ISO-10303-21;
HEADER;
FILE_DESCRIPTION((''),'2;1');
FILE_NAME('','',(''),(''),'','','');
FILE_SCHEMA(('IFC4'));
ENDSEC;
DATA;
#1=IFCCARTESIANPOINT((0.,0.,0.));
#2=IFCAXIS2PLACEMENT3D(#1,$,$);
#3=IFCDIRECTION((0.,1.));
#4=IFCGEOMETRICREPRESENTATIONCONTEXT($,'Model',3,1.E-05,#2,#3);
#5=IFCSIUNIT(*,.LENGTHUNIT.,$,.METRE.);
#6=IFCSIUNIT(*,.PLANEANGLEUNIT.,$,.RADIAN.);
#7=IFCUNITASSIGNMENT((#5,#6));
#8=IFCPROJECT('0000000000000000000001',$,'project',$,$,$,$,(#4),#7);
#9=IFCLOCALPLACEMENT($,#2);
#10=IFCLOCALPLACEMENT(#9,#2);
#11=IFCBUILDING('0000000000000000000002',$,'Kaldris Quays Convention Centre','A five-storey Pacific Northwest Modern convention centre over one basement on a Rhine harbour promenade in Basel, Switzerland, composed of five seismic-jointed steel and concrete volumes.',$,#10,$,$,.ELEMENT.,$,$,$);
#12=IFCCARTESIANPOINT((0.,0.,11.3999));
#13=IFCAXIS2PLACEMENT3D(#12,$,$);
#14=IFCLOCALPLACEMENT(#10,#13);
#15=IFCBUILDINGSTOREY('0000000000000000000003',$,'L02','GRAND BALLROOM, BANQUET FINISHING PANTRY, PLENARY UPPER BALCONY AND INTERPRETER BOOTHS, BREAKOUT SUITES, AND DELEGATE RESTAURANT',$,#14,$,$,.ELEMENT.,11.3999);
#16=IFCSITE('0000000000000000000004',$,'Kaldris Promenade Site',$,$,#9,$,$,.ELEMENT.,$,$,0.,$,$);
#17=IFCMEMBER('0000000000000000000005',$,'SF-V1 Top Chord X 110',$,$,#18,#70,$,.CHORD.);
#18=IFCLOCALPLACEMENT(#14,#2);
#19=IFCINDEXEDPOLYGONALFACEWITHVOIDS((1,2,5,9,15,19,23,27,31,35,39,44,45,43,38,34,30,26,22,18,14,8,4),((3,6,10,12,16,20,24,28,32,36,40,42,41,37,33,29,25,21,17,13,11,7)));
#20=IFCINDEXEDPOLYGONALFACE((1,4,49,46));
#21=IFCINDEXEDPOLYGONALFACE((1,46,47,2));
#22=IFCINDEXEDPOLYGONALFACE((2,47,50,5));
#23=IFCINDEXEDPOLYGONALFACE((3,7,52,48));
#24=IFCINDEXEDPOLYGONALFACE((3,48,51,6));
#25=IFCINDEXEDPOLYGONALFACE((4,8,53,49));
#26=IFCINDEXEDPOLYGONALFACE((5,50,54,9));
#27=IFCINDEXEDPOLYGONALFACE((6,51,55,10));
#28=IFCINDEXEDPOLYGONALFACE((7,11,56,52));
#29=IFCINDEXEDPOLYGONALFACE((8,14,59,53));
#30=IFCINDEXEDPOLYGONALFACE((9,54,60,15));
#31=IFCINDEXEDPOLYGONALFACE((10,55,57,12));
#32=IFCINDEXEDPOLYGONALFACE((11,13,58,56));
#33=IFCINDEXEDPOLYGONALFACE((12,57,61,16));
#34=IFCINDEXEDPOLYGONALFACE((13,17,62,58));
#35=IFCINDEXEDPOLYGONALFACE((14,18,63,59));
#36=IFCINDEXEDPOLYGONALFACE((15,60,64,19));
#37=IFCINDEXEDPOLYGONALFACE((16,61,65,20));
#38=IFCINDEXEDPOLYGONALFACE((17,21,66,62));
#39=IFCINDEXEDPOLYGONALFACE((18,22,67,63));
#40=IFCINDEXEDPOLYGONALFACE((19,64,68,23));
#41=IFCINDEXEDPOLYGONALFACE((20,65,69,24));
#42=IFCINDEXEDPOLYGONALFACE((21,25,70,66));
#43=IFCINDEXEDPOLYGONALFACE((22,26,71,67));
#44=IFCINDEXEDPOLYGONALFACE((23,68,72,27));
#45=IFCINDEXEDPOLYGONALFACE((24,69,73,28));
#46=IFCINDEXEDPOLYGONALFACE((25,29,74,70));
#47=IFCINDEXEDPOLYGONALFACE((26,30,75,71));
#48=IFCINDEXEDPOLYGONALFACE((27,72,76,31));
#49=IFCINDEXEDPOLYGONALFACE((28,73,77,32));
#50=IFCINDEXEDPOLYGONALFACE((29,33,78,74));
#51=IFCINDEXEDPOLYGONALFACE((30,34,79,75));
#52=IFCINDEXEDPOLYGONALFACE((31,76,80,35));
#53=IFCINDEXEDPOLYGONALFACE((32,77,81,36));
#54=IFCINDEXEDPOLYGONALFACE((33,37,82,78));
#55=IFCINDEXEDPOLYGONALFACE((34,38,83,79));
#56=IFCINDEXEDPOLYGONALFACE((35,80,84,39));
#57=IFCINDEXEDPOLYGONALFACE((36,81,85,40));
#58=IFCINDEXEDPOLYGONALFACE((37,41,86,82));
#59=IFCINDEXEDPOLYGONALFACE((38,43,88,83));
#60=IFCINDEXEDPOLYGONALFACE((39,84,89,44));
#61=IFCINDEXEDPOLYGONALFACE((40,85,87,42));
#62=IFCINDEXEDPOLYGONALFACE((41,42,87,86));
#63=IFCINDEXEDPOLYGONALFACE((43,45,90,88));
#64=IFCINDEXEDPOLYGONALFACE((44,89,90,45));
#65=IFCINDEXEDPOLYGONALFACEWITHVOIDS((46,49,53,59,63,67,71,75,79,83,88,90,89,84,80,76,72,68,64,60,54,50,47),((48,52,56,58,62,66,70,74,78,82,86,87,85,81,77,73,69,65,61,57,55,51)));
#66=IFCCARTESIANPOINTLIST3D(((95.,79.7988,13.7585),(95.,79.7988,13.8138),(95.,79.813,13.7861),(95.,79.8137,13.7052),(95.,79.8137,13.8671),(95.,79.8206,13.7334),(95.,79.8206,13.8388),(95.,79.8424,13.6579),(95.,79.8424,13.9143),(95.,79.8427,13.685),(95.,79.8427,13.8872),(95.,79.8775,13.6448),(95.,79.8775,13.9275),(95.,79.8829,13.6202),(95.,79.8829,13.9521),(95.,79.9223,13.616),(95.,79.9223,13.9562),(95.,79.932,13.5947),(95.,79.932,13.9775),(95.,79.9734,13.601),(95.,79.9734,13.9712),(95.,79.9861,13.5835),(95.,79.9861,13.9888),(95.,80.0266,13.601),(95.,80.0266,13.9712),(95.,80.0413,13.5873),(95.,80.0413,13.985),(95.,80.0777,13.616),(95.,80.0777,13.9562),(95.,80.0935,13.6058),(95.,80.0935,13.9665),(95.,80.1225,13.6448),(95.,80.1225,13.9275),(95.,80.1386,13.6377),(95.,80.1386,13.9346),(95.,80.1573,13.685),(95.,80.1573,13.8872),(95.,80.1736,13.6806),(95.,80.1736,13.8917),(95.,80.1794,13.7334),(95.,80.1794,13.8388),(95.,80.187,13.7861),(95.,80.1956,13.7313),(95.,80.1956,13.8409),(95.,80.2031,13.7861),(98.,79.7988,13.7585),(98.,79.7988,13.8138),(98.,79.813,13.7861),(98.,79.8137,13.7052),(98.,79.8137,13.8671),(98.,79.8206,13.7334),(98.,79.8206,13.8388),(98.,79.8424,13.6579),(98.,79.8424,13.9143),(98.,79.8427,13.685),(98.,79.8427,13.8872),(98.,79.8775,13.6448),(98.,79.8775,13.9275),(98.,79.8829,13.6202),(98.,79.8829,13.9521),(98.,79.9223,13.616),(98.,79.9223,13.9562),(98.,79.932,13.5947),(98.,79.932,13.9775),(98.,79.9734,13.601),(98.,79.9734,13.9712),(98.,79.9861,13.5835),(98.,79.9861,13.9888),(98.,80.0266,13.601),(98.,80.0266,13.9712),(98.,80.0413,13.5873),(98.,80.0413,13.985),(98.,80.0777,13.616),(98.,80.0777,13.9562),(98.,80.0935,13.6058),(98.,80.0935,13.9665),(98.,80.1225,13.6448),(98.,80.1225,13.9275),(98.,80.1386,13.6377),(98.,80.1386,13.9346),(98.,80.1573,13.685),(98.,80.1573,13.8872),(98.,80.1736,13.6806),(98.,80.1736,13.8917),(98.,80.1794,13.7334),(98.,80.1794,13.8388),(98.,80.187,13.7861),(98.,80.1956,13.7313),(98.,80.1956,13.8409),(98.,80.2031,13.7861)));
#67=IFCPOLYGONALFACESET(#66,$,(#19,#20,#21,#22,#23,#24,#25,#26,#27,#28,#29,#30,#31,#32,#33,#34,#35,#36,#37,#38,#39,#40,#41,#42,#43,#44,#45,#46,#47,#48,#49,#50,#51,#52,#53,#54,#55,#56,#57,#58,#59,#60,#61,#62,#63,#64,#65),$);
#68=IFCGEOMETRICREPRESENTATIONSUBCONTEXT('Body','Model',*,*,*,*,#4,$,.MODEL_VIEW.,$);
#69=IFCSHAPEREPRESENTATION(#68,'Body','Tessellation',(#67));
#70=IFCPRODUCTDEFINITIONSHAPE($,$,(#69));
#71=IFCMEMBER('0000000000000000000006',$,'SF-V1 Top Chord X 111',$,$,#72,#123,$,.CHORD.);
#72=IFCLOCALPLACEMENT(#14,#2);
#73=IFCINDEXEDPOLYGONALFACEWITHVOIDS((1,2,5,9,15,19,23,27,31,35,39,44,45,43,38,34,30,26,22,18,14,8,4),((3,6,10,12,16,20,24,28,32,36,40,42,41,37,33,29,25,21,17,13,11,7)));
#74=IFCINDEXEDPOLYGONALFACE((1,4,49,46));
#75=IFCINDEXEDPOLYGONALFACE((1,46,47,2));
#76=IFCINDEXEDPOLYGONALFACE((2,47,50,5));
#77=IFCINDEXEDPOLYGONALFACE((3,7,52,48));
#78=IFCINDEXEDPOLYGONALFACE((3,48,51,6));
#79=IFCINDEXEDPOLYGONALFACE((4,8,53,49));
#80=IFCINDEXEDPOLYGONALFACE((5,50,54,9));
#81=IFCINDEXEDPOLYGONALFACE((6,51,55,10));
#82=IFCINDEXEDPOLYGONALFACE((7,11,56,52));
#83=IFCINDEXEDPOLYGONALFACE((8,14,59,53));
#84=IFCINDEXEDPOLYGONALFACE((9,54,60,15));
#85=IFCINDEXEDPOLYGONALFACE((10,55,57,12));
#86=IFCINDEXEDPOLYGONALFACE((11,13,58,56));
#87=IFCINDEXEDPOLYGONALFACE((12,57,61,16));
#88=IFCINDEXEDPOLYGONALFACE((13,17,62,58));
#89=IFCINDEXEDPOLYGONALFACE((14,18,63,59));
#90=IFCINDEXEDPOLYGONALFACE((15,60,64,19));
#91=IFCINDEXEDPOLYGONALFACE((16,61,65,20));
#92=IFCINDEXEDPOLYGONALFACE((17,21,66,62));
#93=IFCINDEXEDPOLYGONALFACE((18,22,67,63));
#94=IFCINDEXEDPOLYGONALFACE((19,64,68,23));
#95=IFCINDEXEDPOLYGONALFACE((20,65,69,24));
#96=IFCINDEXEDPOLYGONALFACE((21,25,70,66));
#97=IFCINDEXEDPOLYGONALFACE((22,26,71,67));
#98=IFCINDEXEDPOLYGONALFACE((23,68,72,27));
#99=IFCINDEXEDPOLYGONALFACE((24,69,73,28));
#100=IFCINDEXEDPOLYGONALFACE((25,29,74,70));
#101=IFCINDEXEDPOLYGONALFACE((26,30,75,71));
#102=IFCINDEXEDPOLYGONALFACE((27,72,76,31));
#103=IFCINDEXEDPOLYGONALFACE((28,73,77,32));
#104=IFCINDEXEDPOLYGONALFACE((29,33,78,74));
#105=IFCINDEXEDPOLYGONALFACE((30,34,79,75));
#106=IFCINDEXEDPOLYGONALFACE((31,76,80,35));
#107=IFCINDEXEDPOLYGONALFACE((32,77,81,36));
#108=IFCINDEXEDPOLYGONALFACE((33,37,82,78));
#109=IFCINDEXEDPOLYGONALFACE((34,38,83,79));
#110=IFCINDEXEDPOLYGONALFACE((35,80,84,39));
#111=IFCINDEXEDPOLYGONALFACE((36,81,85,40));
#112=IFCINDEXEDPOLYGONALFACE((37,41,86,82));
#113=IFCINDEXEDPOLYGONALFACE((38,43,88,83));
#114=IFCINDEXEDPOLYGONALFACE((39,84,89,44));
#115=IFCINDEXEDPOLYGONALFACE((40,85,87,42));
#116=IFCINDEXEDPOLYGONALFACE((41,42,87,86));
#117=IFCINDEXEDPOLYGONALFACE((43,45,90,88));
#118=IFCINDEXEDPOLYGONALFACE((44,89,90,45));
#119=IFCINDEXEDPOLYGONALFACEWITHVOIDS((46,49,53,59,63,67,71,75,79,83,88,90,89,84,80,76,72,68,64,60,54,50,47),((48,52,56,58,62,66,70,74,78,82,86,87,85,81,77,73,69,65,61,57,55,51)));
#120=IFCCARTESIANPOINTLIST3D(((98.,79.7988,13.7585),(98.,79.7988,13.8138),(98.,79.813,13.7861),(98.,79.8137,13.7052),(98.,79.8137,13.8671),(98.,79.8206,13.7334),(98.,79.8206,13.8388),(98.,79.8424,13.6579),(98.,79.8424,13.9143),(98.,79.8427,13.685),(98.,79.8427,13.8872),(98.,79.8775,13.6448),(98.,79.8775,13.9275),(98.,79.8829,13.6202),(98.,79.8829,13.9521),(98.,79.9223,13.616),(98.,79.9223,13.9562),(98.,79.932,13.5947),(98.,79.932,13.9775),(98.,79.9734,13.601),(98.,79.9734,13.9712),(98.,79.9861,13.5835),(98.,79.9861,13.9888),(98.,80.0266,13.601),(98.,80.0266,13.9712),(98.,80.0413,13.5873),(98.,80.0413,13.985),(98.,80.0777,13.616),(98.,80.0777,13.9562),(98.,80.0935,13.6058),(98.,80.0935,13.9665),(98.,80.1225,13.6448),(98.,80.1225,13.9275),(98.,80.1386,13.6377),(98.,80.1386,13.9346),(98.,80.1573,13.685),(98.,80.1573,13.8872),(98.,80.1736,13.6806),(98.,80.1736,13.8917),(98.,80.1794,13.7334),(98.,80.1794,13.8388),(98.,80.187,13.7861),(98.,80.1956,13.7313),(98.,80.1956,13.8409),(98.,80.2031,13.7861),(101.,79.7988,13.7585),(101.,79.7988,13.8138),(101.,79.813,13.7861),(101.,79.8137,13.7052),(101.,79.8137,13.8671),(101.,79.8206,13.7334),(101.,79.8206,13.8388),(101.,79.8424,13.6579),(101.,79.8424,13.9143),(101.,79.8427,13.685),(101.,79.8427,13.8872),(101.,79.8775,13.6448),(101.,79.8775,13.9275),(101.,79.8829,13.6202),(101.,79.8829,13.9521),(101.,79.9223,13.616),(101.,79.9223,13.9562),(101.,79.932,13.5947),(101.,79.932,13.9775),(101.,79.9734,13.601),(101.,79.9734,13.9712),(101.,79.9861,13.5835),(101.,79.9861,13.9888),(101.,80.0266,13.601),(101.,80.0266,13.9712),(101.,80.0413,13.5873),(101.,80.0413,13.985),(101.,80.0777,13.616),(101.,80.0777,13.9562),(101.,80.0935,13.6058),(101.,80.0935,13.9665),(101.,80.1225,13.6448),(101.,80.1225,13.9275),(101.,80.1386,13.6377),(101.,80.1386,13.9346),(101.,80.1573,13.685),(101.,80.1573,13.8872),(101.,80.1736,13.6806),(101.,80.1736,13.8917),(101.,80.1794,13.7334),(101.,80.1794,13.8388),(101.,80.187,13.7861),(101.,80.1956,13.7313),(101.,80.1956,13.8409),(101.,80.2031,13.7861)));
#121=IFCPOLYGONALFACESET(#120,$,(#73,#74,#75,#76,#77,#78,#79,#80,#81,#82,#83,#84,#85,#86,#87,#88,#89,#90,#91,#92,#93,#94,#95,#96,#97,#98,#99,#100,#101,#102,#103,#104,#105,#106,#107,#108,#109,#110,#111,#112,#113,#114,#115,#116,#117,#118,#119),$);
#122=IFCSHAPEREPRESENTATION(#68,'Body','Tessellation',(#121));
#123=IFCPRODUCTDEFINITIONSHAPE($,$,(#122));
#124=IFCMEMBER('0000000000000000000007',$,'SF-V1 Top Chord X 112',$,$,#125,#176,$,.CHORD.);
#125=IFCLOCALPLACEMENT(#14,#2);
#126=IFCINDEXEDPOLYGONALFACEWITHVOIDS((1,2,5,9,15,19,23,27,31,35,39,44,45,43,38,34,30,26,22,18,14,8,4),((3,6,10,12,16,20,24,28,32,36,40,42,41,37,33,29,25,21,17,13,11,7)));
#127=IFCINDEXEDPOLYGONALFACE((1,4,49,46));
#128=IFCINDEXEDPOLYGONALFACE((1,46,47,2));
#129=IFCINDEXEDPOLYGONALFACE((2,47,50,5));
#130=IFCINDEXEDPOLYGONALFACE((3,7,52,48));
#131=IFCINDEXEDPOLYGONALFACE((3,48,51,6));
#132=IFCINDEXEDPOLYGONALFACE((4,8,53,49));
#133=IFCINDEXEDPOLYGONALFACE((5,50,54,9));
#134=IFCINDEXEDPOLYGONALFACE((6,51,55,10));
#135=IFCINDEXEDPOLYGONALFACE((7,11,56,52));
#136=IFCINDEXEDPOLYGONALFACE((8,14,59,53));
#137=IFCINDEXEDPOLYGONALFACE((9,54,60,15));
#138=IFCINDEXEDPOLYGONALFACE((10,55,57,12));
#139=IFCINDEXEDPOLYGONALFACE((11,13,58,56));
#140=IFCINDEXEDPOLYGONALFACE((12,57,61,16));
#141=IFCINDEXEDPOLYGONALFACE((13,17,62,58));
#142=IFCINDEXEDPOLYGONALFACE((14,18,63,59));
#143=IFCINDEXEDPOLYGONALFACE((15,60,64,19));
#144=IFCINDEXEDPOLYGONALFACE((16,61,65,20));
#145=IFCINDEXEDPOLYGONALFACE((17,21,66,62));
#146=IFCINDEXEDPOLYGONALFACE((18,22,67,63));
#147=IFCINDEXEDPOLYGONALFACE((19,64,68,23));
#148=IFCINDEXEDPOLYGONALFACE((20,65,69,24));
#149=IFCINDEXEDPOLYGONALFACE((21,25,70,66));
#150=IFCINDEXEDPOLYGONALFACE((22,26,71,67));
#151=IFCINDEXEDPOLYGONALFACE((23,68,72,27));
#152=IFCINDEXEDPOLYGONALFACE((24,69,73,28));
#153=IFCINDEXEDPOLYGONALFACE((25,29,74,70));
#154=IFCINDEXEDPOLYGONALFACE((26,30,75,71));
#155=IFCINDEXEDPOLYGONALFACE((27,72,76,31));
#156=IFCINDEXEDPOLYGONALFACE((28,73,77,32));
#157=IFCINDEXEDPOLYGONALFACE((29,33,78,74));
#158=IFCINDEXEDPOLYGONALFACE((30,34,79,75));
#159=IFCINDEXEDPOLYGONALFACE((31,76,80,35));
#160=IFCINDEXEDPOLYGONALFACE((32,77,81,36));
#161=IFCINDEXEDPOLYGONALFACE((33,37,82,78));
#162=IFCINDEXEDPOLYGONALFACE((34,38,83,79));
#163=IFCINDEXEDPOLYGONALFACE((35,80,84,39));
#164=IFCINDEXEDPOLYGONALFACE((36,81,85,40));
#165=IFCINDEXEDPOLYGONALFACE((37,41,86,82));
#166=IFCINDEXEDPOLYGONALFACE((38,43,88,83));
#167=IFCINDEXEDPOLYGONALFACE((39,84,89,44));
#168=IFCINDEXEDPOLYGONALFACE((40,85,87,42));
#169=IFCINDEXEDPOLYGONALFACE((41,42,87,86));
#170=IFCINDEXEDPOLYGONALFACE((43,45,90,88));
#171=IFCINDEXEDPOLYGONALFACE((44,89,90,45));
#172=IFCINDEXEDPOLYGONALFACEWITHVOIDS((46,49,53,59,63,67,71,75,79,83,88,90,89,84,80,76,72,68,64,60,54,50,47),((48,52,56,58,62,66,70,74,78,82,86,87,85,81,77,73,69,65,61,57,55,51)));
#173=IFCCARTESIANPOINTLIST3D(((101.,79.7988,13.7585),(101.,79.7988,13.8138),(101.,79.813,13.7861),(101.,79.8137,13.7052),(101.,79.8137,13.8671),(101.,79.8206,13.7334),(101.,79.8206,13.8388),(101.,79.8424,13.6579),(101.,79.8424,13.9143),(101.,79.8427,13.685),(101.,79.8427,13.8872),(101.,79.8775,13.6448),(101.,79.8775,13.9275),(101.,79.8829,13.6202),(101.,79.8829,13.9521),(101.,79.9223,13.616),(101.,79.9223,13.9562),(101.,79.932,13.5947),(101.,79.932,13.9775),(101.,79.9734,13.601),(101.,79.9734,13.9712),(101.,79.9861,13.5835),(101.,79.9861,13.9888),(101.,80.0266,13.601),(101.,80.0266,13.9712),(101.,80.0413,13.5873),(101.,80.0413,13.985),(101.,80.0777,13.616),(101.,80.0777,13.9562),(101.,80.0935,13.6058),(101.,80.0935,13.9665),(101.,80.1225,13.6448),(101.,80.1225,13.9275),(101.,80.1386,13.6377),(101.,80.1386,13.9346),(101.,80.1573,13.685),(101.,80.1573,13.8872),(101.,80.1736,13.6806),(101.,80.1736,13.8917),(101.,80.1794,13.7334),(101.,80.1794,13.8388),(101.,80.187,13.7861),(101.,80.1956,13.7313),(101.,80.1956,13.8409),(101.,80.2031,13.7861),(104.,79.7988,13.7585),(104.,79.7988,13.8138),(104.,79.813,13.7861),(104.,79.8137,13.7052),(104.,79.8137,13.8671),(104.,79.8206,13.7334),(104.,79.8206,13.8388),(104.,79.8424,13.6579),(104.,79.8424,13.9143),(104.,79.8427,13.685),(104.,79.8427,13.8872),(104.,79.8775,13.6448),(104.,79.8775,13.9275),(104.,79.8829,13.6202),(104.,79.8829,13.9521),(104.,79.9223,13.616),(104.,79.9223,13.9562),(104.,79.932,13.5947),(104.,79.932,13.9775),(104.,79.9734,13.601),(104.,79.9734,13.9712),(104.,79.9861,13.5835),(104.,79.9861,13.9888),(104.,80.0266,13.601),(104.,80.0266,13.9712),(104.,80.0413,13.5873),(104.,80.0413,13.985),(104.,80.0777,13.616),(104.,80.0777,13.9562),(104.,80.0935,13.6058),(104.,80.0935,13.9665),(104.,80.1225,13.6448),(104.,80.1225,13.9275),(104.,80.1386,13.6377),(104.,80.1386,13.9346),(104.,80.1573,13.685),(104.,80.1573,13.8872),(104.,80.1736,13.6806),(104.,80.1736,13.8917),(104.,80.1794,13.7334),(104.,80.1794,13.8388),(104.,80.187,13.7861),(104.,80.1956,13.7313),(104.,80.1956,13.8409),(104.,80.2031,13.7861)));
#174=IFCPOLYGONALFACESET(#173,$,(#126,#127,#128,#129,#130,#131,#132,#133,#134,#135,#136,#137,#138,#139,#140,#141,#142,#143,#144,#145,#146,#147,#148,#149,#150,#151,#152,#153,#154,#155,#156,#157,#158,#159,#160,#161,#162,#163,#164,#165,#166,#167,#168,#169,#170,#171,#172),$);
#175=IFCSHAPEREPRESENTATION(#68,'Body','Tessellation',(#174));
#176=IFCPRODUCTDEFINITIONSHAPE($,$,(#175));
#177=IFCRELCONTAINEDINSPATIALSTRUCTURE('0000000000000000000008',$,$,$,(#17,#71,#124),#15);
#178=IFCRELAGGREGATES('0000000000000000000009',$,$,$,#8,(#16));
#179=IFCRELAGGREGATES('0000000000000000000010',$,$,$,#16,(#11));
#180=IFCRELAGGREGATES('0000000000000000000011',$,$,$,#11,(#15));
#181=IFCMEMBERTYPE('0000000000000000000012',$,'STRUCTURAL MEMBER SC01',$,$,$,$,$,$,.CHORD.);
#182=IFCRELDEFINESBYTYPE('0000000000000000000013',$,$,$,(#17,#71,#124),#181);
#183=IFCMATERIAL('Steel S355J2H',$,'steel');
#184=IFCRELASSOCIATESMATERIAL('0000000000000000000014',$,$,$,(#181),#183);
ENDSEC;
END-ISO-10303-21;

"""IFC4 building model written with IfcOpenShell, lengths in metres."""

from ifc_helpers import new_model, si_unit, direction, frame, origin, origin_2d, place, context, subcontext, project, spatial, hollow_circle, extrude, material, material_profile, profile_set, type_object, element, save


model = new_model("IFC4")

# Units and contexts
model_context = context("Model", 3, precision=1e-05, world=origin(), true_north=direction((0.0, 1.0)))
body_context = subcontext(model_context, "Body", "Model", "MODEL_VIEW")
ifc_project = project(units=[si_unit("LENGTHUNIT", "METRE"), si_unit("PLANEANGLEUNIT", "RADIAN")], contexts=[model_context])

# Site, building, storey
site_placement = place(None, origin())
site = spatial("IfcSite", under=ifc_project, at=site_placement, Name="Kaldris Promenade Site", CompositionType="ELEMENT", RefElevation=0.0)
building_placement = place(site_placement, origin())
building = spatial("IfcBuilding", under=site, at=building_placement, Name="Kaldris Quays Convention Centre", Description="A five-storey Pacific Northwest Modern convention centre over one basement on a Rhine harbour promenade in Basel, Switzerland, composed of five seismic-jointed steel and concrete volumes.", CompositionType="ELEMENT")
storey_placement = place(building_placement, frame((0.0, 0.0, 11.3999)))
storey = spatial("IfcBuildingStorey", under=building, at=storey_placement, Name="L02", Description="GRAND BALLROOM, BANQUET FINISHING PANTRY, PLENARY UPPER BALCONY AND INTERPRETER BOOTHS, BREAKOUT SUITES, AND DELEGATE RESTAURANT", CompositionType="ELEMENT", Elevation=11.3999)

# Members
ifc_material = material(Name="Steel S355J2H", Category="steel")
ifc_material_profile_1 = material_profile(ifc_material, hollow_circle(Radius=0.2031, WallThickness=0.0161, at=origin_2d()), Name="CHS 406.4x16")
ifc_profile_set_1 = profile_set([ifc_material_profile_1], Name="Steel S355J2H")
member_type_1 = type_object("IfcMemberType", Name="STRUCTURAL MEMBER SC01", PredefinedType="CHORD", material=ifc_profile_set_1)
for number, where, z_axis, x_axis, name in (
    (1, (95.0, 80.0, 13.7861), (1.0, 0.0, 0.0), (0.0, 1.0, 0.0), "SF-V1 Top Chord X 110"),
    (2, (98.0, 80.0, 13.7861), (1.0, 0.0, 0.0), (0.0, 1.0, 0.0), "SF-V1 Top Chord X 111"),
    (3, (101.0, 80.0, 13.7861), (1.0, 0.0, 0.0), (0.0, 1.0, 0.0), "SF-V1 Top Chord X 112"),
):
    element("IfcMember", number, at=place(storey_placement, frame(where, z_axis=z_axis, x_axis=x_axis)), inside=storey, type_object=member_type_1, Name=name, PredefinedType="CHORD", context=body_context, shape_type="SweptSolid", body=[
        extrude(hollow_circle(Radius=0.2031, WallThickness=0.0161, at=origin_2d()), origin(), (0.0, 0.0, 1.0), 3.0),
    ])

save(model, "model.ifc")
